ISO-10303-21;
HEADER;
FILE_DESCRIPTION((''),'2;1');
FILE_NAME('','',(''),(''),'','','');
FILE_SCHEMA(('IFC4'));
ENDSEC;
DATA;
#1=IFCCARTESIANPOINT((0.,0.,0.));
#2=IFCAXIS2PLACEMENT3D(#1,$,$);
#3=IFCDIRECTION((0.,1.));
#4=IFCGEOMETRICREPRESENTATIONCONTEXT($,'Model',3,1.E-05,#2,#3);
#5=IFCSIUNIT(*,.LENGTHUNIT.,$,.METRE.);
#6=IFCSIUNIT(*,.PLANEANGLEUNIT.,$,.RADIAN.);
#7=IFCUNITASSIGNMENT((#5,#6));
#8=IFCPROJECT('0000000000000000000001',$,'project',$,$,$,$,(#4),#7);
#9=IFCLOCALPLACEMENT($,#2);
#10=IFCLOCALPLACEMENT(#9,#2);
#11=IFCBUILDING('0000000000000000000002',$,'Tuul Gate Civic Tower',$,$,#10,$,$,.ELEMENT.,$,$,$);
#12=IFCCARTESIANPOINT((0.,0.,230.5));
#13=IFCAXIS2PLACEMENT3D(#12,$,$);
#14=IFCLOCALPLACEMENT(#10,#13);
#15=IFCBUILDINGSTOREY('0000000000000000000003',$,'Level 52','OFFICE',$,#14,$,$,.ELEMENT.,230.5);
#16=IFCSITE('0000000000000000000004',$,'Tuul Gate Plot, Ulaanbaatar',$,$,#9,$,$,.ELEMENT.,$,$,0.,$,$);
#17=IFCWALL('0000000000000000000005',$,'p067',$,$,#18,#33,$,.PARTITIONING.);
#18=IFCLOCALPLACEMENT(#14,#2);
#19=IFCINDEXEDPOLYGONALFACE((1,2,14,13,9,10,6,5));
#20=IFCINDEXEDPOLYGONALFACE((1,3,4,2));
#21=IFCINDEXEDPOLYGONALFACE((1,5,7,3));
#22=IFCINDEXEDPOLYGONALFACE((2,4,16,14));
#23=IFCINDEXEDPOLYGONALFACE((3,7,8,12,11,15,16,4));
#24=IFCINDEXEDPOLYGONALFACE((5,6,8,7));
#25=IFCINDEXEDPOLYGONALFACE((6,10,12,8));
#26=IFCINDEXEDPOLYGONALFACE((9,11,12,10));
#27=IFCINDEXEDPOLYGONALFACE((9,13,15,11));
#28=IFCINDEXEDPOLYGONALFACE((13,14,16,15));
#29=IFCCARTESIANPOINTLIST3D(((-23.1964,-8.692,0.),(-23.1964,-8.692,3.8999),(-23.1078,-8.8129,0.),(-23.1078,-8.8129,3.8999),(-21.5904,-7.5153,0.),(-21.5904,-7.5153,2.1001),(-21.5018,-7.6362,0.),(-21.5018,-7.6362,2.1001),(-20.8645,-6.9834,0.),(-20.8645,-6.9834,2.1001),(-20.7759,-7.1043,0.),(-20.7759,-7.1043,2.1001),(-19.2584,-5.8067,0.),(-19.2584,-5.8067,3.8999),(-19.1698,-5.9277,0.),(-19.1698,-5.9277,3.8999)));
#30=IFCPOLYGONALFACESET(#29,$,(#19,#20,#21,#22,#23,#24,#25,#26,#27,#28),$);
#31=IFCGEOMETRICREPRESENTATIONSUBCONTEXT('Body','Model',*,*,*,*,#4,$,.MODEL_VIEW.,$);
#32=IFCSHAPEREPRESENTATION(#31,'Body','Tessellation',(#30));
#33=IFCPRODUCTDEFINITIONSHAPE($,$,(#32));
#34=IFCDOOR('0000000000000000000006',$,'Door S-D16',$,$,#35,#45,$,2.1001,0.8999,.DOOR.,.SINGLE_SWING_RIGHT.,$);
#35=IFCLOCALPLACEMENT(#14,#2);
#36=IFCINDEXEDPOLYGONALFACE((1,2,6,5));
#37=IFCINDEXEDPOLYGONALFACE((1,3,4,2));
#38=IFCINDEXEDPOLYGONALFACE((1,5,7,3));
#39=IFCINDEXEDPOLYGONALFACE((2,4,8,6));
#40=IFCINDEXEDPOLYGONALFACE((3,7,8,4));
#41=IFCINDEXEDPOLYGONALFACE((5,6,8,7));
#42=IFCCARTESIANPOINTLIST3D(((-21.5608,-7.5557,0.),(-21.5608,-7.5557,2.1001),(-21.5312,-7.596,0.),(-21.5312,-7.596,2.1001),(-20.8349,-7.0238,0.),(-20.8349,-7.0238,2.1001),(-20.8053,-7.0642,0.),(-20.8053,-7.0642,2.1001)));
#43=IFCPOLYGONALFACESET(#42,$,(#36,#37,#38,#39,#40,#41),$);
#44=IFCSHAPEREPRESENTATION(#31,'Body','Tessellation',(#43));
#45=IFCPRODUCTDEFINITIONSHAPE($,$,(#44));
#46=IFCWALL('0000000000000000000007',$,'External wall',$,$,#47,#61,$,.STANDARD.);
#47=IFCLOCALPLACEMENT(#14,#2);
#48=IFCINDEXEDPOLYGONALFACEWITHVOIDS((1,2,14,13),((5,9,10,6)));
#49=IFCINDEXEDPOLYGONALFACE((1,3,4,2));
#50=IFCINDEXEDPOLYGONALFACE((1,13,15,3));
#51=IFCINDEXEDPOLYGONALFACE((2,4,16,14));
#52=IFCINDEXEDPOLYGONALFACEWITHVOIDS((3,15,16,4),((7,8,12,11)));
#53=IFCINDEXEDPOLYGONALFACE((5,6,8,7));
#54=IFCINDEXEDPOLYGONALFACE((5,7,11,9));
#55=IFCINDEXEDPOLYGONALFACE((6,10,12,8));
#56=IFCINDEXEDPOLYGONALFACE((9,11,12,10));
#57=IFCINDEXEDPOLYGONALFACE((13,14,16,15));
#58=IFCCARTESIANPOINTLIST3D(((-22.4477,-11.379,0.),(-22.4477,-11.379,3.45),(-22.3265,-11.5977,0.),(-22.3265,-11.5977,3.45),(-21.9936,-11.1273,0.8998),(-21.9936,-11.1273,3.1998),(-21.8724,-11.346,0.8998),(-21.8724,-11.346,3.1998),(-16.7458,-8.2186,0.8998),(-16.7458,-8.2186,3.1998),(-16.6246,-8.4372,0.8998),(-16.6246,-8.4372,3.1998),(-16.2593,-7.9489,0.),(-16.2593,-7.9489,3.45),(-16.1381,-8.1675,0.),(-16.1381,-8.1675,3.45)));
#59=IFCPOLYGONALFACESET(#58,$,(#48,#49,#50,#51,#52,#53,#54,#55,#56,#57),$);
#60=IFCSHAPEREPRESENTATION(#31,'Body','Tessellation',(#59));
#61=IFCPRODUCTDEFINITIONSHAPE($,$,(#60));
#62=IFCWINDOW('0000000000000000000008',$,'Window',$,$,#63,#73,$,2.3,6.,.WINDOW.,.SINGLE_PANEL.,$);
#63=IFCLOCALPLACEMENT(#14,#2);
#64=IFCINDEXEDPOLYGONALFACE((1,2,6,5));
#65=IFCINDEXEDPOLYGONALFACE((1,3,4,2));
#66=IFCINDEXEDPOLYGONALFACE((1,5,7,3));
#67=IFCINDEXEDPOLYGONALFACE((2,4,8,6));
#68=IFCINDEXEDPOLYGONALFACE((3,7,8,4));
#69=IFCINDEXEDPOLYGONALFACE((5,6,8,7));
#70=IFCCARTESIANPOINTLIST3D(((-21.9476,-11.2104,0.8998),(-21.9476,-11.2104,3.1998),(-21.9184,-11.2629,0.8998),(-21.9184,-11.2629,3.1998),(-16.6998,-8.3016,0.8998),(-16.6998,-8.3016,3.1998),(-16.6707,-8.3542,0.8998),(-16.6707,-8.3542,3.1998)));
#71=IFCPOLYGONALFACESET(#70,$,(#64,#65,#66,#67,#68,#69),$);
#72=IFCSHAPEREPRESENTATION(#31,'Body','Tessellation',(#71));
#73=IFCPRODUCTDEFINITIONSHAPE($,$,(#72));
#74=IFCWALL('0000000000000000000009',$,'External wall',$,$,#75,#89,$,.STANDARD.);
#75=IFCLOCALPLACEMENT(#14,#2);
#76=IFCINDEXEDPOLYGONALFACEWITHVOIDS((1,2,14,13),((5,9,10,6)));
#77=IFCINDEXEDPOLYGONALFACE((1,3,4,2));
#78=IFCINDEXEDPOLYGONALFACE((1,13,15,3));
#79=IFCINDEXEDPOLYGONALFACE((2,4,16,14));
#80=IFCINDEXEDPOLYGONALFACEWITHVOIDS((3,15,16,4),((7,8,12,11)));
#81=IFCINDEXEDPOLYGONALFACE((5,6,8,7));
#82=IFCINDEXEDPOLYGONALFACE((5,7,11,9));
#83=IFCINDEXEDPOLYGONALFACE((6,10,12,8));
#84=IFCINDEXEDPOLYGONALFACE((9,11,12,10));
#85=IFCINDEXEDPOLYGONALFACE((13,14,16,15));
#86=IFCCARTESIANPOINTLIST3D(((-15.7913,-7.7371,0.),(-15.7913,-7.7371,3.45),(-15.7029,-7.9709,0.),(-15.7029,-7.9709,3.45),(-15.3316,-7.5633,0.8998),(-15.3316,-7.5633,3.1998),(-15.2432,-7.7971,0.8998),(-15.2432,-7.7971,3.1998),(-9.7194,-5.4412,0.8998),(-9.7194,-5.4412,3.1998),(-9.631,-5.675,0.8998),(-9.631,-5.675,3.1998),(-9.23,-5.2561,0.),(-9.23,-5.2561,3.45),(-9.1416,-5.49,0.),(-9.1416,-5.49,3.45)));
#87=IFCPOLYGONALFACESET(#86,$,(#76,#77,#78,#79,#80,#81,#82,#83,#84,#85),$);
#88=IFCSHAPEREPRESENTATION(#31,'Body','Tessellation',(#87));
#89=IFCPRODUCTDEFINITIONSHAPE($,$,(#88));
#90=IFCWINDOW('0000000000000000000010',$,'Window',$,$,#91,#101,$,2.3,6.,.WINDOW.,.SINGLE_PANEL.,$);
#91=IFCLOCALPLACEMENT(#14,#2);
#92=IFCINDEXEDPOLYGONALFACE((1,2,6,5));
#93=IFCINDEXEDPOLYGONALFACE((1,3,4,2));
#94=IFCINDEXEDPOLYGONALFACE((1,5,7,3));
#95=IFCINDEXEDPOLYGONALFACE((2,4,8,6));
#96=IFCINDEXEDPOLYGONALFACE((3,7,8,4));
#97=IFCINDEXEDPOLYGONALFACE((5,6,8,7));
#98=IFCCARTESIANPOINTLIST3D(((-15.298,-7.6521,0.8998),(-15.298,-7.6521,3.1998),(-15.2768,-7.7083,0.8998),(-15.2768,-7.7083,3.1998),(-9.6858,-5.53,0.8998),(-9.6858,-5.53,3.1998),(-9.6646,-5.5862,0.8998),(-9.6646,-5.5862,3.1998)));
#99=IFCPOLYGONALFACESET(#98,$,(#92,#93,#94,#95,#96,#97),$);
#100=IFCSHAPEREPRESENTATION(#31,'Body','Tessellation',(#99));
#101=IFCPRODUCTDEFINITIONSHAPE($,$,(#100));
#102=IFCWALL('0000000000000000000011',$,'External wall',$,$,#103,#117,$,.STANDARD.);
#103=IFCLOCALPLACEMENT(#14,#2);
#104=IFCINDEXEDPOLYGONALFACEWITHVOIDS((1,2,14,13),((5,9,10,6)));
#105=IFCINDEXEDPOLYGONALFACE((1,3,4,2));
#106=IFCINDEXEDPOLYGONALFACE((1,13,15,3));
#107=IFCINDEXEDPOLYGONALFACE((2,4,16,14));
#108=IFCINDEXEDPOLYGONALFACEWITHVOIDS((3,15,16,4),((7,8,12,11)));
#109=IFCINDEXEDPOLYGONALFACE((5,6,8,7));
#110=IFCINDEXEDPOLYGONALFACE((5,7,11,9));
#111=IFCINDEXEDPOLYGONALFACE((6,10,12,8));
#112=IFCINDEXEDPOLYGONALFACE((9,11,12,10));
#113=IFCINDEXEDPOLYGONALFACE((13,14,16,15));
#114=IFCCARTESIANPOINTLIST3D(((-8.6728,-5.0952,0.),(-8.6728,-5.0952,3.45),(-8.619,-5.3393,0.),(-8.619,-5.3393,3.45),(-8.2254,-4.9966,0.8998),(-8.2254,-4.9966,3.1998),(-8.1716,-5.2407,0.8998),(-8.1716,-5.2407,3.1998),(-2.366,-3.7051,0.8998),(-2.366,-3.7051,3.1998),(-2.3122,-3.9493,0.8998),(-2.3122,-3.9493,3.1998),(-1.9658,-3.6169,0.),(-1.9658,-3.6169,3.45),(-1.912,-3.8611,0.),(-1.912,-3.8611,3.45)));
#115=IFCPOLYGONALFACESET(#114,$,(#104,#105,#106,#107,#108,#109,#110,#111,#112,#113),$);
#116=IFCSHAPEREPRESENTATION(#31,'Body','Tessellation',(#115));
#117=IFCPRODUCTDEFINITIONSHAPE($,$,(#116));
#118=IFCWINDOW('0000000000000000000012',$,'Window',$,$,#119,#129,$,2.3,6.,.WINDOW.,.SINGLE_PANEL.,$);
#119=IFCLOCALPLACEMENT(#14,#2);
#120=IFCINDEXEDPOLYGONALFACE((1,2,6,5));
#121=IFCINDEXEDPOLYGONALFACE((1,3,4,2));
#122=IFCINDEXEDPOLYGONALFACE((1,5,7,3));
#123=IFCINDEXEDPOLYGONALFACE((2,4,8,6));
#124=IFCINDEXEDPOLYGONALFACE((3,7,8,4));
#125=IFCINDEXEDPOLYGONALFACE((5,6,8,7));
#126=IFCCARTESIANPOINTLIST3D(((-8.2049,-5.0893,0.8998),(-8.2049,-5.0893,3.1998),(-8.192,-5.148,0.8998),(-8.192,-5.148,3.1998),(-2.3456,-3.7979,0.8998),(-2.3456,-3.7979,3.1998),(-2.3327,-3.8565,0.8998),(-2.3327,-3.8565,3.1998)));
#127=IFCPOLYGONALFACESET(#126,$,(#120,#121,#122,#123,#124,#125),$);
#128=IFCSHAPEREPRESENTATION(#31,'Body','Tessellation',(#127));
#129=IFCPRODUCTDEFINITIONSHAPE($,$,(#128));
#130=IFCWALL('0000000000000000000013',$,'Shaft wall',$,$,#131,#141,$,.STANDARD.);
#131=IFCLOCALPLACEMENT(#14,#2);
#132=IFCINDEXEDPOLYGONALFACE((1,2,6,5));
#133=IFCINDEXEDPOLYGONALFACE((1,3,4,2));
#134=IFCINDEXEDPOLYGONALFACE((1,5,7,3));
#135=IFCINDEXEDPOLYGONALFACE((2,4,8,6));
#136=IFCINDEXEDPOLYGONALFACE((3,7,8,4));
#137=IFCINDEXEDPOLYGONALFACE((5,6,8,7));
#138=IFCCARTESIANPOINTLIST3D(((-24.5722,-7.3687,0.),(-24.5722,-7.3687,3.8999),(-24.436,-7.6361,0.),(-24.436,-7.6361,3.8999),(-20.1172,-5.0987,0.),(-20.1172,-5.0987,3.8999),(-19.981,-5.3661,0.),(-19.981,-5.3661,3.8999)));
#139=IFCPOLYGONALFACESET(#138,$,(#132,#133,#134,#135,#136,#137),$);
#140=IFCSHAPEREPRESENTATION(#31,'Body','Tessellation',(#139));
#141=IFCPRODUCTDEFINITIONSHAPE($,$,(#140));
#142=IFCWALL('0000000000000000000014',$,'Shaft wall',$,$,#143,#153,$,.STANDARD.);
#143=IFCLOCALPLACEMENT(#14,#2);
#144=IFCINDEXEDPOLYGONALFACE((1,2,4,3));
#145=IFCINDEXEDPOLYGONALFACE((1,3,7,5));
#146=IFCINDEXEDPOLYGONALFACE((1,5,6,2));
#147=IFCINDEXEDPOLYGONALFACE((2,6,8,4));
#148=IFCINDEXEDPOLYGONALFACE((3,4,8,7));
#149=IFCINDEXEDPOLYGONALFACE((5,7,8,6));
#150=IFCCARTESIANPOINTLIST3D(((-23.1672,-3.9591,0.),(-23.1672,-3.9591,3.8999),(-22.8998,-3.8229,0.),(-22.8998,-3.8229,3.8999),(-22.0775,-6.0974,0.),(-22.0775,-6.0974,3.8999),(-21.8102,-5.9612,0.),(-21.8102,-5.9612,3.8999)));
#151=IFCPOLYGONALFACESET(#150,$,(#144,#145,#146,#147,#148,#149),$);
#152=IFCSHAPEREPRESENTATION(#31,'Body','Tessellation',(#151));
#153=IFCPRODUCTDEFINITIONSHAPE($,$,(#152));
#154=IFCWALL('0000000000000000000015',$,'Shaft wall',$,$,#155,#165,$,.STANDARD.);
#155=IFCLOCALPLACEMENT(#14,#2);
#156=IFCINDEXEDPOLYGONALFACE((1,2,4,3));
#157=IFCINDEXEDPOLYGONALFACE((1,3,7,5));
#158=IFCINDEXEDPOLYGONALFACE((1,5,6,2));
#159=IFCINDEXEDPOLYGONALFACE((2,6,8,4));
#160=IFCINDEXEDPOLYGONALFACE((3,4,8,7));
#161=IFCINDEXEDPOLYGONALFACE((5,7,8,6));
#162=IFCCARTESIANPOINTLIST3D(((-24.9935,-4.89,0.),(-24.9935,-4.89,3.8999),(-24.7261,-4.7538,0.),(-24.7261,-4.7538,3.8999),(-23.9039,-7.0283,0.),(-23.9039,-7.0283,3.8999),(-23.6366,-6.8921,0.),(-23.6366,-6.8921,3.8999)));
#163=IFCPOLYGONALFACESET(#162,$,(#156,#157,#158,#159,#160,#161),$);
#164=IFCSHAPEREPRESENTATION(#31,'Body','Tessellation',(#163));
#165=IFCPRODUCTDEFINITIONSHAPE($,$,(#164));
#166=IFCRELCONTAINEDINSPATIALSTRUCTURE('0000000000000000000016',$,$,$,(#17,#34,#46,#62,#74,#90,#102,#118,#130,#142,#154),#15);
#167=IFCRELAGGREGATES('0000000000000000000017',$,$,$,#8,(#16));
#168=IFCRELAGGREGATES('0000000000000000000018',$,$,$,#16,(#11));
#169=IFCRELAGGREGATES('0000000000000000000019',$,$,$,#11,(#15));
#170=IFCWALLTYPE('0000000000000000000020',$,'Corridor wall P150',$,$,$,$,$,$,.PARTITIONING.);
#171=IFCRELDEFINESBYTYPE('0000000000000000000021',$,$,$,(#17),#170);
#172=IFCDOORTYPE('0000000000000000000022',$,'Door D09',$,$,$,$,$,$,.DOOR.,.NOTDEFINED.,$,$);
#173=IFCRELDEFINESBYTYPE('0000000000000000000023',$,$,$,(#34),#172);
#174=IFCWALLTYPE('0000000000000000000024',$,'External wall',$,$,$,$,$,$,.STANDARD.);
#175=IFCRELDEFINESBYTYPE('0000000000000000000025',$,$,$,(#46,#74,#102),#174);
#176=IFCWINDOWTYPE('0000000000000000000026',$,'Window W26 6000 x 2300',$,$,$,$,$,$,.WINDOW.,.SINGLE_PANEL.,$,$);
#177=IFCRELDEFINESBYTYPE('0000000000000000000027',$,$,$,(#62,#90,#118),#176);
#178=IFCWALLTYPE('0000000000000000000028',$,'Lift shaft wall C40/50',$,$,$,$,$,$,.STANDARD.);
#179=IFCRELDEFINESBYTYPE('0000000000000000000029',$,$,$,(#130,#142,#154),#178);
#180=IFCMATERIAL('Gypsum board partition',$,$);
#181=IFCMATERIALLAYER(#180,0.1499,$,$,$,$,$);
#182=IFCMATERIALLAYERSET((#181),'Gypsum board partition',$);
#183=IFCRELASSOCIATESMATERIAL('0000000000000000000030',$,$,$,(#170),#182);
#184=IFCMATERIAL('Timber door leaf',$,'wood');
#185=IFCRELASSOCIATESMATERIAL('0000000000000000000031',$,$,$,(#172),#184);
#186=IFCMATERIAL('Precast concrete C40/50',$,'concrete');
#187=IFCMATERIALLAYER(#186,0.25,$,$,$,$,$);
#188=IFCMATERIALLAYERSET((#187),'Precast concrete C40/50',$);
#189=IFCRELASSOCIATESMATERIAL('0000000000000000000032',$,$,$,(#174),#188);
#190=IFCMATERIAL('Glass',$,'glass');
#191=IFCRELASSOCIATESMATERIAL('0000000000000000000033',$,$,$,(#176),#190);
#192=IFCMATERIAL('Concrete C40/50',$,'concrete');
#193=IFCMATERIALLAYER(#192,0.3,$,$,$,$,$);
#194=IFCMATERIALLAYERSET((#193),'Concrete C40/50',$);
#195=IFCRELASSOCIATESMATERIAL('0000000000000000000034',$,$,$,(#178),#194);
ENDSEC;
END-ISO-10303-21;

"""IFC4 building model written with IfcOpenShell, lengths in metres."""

from ifc_helpers import new_model, si_unit, direction, frame, frame_2d, origin, place, context, subcontext, project, spatial, rectangle, extrude, material, layer, layer_set, type_object, element, fill, save


model = new_model("IFC4")

# Units and contexts
model_context = context("Model", 3, precision=1e-05, world=origin(), true_north=direction((0.0, 1.0)))
body_context = subcontext(model_context, "Body", "Model", "MODEL_VIEW")
ifc_project = project(units=[si_unit("LENGTHUNIT", "METRE"), si_unit("PLANEANGLEUNIT", "RADIAN")], contexts=[model_context])

# Site, building, storey
site_placement = place(None, origin())
site = spatial("IfcSite", under=ifc_project, at=site_placement, Name="Tuul Gate Plot, Ulaanbaatar", CompositionType="ELEMENT", RefElevation=0.0)
building_placement = place(site_placement, origin())
building = spatial("IfcBuilding", under=site, at=building_placement, Name="Tuul Gate Civic Tower", CompositionType="ELEMENT")
storey_placement = place(building_placement, frame((0.0, 0.0, 230.5)))
storey = spatial("IfcBuildingStorey", under=building, at=storey_placement, Name="Level 52", Description="OFFICE", CompositionType="ELEMENT", Elevation=230.5)

# Shared definitions
ifc_material_1 = material(Name="Gypsum board partition")
ifc_layer_1 = layer(ifc_material_1, 0.1499)
ifc_layer_set_1 = layer_set([ifc_layer_1], Name="Gypsum board partition")
wall_type_1 = type_object("IfcWallType", Name="Corridor wall P150", PredefinedType="PARTITIONING", material=ifc_layer_set_1)

# Wall, opening, door
wall_1_placement = place(storey_placement, frame((-23.1521, -8.7524, 0.0), z_axis=(0.0, 0.0, 1.0), x_axis=(0.806659, 0.591017, 0.0)))
wall_1 = element("IfcWall", 1, at=wall_1_placement, inside=storey, type_object=wall_type_1, Name="p067", PredefinedType="PARTITIONING", context=body_context, shape_type="SweptSolid", body=[
    extrude(rectangle(XDim=4.8818, YDim=0.1499, at=frame_2d((2.4409, 0.0))), origin(), (0.0, 0.0, 1.0), 3.8999),
])
opening_1_placement = place(wall_1_placement, frame((1.991, 0.0, 0.0)))
opening_1 = element("IfcOpeningElement", 2, at=opening_1_placement, cuts=wall_1, PredefinedType="OPENING", context=body_context, shape_type="SweptSolid", body=[
    extrude(rectangle(XDim=0.8999, YDim=2.1001, at=frame_2d((0.45, 1.05))), frame((0.0, 0.085, 0.0), z_axis=(0.0, -1.0, 0.0), x_axis=(1.0, 0.0, 0.0)), (0.0, 0.0, 1.0), 0.1699),
])
ifc_material_2 = material(Name="Timber door leaf", Category="wood")
door_type_1 = type_object("IfcDoorType", Name="Door D09", OperationType="NOTDEFINED", PredefinedType="DOOR", material=ifc_material_2)
door_1_placement = place(opening_1_placement, origin())
door_1 = element("IfcDoor", 3, at=door_1_placement, inside=storey, type_object=door_type_1, Name="Door S-D16", OperationType="SINGLE_SWING_RIGHT", OverallHeight=2.1001, OverallWidth=0.8999, PredefinedType="DOOR", context=body_context, shape_type="SweptSolid", body=[
    extrude(rectangle(XDim=0.8999, YDim=2.1001, at=frame_2d((0.45, 1.05))), frame((0.0, 0.0249, 0.0), z_axis=(0.0, -1.0, 0.0), x_axis=(1.0, 0.0, 0.0)), (0.0, 0.0, 1.0), 0.05),
])
fill(opening_1, door_1)

# Walls, openings, windows
ifc_material_3 = material(Name="Precast concrete C40/50", Category="concrete")
ifc_layer_2 = layer(ifc_material_3, 0.25)
ifc_layer_set_2 = layer_set([ifc_layer_2], Name="Precast concrete C40/50")
wall_type_2 = type_object("IfcWallType", Name="External wall", PredefinedType="STANDARD", material=ifc_layer_set_2)
wall_2_placement = place(storey_placement, frame((-22.387, -11.4883, 0.0), z_axis=(0.0, 0.0, 1.0), x_axis=(0.874629, 0.484793, 0.0)))
wall_2 = element("IfcWall", 4, at=wall_2_placement, inside=storey, type_object=wall_type_2, Name="External wall", PredefinedType="STANDARD", context=body_context, shape_type="SweptSolid", body=[
    extrude(rectangle(XDim=7.0754, YDim=0.25, at=frame_2d((3.5376, 0.0))), origin(), (0.0, 0.0, 1.0), 3.45),
])
opening_2_placement = place(wall_2_placement, frame((0.519, 0.0, 0.8999)))
opening_2 = element("IfcOpeningElement", 5, at=opening_2_placement, cuts=wall_2, PredefinedType="OPENING", context=body_context, shape_type="SweptSolid", body=[
    extrude(rectangle(XDim=6.0, YDim=2.3, at=frame_2d((3.0, 1.1499))), frame((0.0, 0.135, 0.0), z_axis=(0.0, -1.0, 0.0), x_axis=(1.0, 0.0, 0.0)), (0.0, 0.0, 1.0), 0.27),
])
ifc_material_4 = material(Name="Glass", Category="glass")
window_type = type_object("IfcWindowType", Name="Window W26 6000 x 2300", PartitioningType="SINGLE_PANEL", PredefinedType="WINDOW", material=ifc_material_4)
window_1_placement = place(opening_2_placement, origin())
window_1 = element("IfcWindow", 6, at=window_1_placement, inside=storey, type_object=window_type, Name="Window", OverallHeight=2.3, OverallWidth=6.0, PartitioningType="SINGLE_PANEL", PredefinedType="WINDOW", context=body_context, shape_type="SweptSolid", body=[
    extrude(rectangle(XDim=6.0, YDim=2.3, at=frame_2d((3.0, 1.1499))), frame((0.0, 0.03, 0.0), z_axis=(0.0, -1.0, 0.0), x_axis=(1.0, 0.0, 0.0)), (0.0, 0.0, 1.0), 0.0601),
])
fill(opening_2, window_1)
wall_3_placement = place(storey_placement, frame((-15.7471, -7.854, 0.0), z_axis=(0.0, 0.0, 1.0), x_axis=(0.935366, 0.353681, 0.0)))
wall_3 = element("IfcWall", 7, at=wall_3_placement, inside=storey, type_object=wall_type_2, Name="External wall", PredefinedType="STANDARD", context=body_context, shape_type="SweptSolid", body=[
    extrude(rectangle(XDim=7.0146, YDim=0.25, at=frame_2d((3.5073, 0.0))), origin(), (0.0, 0.0, 1.0), 3.45),
])
opening_3_placement = place(wall_3_placement, frame((0.4915, 0.0, 0.8999)))
opening_3 = element("IfcOpeningElement", 8, at=opening_3_placement, cuts=wall_3, PredefinedType="OPENING", context=body_context, shape_type="SweptSolid", body=[
    extrude(rectangle(XDim=6.0, YDim=2.3, at=frame_2d((3.0, 1.1499))), frame((0.0, 0.135, 0.0), z_axis=(0.0, -1.0, 0.0), x_axis=(1.0, 0.0, 0.0)), (0.0, 0.0, 1.0), 0.27),
])
window_2_placement = place(opening_3_placement, origin())
window_2 = element("IfcWindow", 9, at=window_2_placement, inside=storey, type_object=window_type, Name="Window", OverallHeight=2.3, OverallWidth=6.0, PartitioningType="SINGLE_PANEL", PredefinedType="WINDOW", context=body_context, shape_type="SweptSolid", body=[
    extrude(rectangle(XDim=6.0, YDim=2.3, at=frame_2d((3.0, 1.1499))), frame((0.0, 0.03, 0.0), z_axis=(0.0, -1.0, 0.0), x_axis=(1.0, 0.0, 0.0)), (0.0, 0.0, 1.0), 0.0601),
])
fill(opening_3, window_2)
wall_4_placement = place(storey_placement, frame((-8.646, -5.2173, 0.0), z_axis=(0.0, 0.0, 1.0), x_axis=(0.976561, 0.21524, 0.0)))
wall_4 = element("IfcWall", 10, at=wall_4_placement, inside=storey, type_object=wall_type_2, Name="External wall", PredefinedType="STANDARD", context=body_context, shape_type="SweptSolid", body=[
    extrude(rectangle(XDim=6.8679, YDim=0.25, at=frame_2d((3.4341, 0.0))), origin(), (0.0, 0.0, 1.0), 3.45),
])
opening_4_placement = place(wall_4_placement, frame((0.4583, 0.0, 0.8999)))
opening_4 = element("IfcOpeningElement", 11, at=opening_4_placement, cuts=wall_4, PredefinedType="OPENING", context=body_context, shape_type="SweptSolid", body=[
    extrude(rectangle(XDim=6.0, YDim=2.3, at=frame_2d((3.0, 1.1499))), frame((0.0, 0.135, 0.0), z_axis=(0.0, -1.0, 0.0), x_axis=(1.0, 0.0, 0.0)), (0.0, 0.0, 1.0), 0.27),
])
window_3_placement = place(opening_4_placement, origin())
window_3 = element("IfcWindow", 12, at=window_3_placement, inside=storey, type_object=window_type, Name="Window", OverallHeight=2.3, OverallWidth=6.0, PartitioningType="SINGLE_PANEL", PredefinedType="WINDOW", context=body_context, shape_type="SweptSolid", body=[
    extrude(rectangle(XDim=6.0, YDim=2.3, at=frame_2d((3.0, 1.1499))), frame((0.0, 0.03, 0.0), z_axis=(0.0, -1.0, 0.0), x_axis=(1.0, 0.0, 0.0)), (0.0, 0.0, 1.0), 0.0601),
])
fill(opening_4, window_3)

# Walls
ifc_material_5 = material(Name="Concrete C40/50", Category="concrete")
ifc_layer_3 = layer(ifc_material_5, 0.3)
ifc_layer_set_3 = layer_set([ifc_layer_3], Name="Concrete C40/50")
wall_type_3 = type_object("IfcWallType", Name="Lift shaft wall C40/50", PredefinedType="STANDARD", material=ifc_layer_set_3)
wall_5_placement = place(storey_placement, frame((-20.0491, -5.2324, 0.0), z_axis=(0.0, 0.0, 1.0), x_axis=(-0.891003, -0.453997, 0.0)))
element("IfcWall", 13, at=wall_5_placement, inside=storey, type_object=wall_type_3, Name="Shaft wall", PredefinedType="STANDARD", context=body_context, shape_type="SweptSolid", body=[
    extrude(rectangle(XDim=5.0, YDim=0.3, at=frame_2d((2.5, 0.0))), origin(), (0.0, 0.0, 1.0), 3.8999),
])
for number, where, z_axis, x_axis, name in (
    (14, (-21.9438, -6.0293, 0.0), (0.0, 0.0, 1.0), (-0.454037, 0.890983, 0.0), "Shaft wall"),
    (15, (-23.7703, -6.9602, 0.0), (0.0, 0.0, 1.0), (-0.453996, 0.891004, 0.0), "Shaft wall"),
):
    element("IfcWall", number, at=place(storey_placement, frame(where, z_axis=z_axis, x_axis=x_axis)), inside=storey, type_object=wall_type_3, Name=name, PredefinedType="STANDARD", context=body_context, shape_type="SweptSolid", body=[
        extrude(rectangle(XDim=2.3999, YDim=0.3, at=frame_2d((1.2, 0.0))), origin(), (0.0, 0.0, 1.0), 3.8999),
    ])

save(model, "model.ifc")
